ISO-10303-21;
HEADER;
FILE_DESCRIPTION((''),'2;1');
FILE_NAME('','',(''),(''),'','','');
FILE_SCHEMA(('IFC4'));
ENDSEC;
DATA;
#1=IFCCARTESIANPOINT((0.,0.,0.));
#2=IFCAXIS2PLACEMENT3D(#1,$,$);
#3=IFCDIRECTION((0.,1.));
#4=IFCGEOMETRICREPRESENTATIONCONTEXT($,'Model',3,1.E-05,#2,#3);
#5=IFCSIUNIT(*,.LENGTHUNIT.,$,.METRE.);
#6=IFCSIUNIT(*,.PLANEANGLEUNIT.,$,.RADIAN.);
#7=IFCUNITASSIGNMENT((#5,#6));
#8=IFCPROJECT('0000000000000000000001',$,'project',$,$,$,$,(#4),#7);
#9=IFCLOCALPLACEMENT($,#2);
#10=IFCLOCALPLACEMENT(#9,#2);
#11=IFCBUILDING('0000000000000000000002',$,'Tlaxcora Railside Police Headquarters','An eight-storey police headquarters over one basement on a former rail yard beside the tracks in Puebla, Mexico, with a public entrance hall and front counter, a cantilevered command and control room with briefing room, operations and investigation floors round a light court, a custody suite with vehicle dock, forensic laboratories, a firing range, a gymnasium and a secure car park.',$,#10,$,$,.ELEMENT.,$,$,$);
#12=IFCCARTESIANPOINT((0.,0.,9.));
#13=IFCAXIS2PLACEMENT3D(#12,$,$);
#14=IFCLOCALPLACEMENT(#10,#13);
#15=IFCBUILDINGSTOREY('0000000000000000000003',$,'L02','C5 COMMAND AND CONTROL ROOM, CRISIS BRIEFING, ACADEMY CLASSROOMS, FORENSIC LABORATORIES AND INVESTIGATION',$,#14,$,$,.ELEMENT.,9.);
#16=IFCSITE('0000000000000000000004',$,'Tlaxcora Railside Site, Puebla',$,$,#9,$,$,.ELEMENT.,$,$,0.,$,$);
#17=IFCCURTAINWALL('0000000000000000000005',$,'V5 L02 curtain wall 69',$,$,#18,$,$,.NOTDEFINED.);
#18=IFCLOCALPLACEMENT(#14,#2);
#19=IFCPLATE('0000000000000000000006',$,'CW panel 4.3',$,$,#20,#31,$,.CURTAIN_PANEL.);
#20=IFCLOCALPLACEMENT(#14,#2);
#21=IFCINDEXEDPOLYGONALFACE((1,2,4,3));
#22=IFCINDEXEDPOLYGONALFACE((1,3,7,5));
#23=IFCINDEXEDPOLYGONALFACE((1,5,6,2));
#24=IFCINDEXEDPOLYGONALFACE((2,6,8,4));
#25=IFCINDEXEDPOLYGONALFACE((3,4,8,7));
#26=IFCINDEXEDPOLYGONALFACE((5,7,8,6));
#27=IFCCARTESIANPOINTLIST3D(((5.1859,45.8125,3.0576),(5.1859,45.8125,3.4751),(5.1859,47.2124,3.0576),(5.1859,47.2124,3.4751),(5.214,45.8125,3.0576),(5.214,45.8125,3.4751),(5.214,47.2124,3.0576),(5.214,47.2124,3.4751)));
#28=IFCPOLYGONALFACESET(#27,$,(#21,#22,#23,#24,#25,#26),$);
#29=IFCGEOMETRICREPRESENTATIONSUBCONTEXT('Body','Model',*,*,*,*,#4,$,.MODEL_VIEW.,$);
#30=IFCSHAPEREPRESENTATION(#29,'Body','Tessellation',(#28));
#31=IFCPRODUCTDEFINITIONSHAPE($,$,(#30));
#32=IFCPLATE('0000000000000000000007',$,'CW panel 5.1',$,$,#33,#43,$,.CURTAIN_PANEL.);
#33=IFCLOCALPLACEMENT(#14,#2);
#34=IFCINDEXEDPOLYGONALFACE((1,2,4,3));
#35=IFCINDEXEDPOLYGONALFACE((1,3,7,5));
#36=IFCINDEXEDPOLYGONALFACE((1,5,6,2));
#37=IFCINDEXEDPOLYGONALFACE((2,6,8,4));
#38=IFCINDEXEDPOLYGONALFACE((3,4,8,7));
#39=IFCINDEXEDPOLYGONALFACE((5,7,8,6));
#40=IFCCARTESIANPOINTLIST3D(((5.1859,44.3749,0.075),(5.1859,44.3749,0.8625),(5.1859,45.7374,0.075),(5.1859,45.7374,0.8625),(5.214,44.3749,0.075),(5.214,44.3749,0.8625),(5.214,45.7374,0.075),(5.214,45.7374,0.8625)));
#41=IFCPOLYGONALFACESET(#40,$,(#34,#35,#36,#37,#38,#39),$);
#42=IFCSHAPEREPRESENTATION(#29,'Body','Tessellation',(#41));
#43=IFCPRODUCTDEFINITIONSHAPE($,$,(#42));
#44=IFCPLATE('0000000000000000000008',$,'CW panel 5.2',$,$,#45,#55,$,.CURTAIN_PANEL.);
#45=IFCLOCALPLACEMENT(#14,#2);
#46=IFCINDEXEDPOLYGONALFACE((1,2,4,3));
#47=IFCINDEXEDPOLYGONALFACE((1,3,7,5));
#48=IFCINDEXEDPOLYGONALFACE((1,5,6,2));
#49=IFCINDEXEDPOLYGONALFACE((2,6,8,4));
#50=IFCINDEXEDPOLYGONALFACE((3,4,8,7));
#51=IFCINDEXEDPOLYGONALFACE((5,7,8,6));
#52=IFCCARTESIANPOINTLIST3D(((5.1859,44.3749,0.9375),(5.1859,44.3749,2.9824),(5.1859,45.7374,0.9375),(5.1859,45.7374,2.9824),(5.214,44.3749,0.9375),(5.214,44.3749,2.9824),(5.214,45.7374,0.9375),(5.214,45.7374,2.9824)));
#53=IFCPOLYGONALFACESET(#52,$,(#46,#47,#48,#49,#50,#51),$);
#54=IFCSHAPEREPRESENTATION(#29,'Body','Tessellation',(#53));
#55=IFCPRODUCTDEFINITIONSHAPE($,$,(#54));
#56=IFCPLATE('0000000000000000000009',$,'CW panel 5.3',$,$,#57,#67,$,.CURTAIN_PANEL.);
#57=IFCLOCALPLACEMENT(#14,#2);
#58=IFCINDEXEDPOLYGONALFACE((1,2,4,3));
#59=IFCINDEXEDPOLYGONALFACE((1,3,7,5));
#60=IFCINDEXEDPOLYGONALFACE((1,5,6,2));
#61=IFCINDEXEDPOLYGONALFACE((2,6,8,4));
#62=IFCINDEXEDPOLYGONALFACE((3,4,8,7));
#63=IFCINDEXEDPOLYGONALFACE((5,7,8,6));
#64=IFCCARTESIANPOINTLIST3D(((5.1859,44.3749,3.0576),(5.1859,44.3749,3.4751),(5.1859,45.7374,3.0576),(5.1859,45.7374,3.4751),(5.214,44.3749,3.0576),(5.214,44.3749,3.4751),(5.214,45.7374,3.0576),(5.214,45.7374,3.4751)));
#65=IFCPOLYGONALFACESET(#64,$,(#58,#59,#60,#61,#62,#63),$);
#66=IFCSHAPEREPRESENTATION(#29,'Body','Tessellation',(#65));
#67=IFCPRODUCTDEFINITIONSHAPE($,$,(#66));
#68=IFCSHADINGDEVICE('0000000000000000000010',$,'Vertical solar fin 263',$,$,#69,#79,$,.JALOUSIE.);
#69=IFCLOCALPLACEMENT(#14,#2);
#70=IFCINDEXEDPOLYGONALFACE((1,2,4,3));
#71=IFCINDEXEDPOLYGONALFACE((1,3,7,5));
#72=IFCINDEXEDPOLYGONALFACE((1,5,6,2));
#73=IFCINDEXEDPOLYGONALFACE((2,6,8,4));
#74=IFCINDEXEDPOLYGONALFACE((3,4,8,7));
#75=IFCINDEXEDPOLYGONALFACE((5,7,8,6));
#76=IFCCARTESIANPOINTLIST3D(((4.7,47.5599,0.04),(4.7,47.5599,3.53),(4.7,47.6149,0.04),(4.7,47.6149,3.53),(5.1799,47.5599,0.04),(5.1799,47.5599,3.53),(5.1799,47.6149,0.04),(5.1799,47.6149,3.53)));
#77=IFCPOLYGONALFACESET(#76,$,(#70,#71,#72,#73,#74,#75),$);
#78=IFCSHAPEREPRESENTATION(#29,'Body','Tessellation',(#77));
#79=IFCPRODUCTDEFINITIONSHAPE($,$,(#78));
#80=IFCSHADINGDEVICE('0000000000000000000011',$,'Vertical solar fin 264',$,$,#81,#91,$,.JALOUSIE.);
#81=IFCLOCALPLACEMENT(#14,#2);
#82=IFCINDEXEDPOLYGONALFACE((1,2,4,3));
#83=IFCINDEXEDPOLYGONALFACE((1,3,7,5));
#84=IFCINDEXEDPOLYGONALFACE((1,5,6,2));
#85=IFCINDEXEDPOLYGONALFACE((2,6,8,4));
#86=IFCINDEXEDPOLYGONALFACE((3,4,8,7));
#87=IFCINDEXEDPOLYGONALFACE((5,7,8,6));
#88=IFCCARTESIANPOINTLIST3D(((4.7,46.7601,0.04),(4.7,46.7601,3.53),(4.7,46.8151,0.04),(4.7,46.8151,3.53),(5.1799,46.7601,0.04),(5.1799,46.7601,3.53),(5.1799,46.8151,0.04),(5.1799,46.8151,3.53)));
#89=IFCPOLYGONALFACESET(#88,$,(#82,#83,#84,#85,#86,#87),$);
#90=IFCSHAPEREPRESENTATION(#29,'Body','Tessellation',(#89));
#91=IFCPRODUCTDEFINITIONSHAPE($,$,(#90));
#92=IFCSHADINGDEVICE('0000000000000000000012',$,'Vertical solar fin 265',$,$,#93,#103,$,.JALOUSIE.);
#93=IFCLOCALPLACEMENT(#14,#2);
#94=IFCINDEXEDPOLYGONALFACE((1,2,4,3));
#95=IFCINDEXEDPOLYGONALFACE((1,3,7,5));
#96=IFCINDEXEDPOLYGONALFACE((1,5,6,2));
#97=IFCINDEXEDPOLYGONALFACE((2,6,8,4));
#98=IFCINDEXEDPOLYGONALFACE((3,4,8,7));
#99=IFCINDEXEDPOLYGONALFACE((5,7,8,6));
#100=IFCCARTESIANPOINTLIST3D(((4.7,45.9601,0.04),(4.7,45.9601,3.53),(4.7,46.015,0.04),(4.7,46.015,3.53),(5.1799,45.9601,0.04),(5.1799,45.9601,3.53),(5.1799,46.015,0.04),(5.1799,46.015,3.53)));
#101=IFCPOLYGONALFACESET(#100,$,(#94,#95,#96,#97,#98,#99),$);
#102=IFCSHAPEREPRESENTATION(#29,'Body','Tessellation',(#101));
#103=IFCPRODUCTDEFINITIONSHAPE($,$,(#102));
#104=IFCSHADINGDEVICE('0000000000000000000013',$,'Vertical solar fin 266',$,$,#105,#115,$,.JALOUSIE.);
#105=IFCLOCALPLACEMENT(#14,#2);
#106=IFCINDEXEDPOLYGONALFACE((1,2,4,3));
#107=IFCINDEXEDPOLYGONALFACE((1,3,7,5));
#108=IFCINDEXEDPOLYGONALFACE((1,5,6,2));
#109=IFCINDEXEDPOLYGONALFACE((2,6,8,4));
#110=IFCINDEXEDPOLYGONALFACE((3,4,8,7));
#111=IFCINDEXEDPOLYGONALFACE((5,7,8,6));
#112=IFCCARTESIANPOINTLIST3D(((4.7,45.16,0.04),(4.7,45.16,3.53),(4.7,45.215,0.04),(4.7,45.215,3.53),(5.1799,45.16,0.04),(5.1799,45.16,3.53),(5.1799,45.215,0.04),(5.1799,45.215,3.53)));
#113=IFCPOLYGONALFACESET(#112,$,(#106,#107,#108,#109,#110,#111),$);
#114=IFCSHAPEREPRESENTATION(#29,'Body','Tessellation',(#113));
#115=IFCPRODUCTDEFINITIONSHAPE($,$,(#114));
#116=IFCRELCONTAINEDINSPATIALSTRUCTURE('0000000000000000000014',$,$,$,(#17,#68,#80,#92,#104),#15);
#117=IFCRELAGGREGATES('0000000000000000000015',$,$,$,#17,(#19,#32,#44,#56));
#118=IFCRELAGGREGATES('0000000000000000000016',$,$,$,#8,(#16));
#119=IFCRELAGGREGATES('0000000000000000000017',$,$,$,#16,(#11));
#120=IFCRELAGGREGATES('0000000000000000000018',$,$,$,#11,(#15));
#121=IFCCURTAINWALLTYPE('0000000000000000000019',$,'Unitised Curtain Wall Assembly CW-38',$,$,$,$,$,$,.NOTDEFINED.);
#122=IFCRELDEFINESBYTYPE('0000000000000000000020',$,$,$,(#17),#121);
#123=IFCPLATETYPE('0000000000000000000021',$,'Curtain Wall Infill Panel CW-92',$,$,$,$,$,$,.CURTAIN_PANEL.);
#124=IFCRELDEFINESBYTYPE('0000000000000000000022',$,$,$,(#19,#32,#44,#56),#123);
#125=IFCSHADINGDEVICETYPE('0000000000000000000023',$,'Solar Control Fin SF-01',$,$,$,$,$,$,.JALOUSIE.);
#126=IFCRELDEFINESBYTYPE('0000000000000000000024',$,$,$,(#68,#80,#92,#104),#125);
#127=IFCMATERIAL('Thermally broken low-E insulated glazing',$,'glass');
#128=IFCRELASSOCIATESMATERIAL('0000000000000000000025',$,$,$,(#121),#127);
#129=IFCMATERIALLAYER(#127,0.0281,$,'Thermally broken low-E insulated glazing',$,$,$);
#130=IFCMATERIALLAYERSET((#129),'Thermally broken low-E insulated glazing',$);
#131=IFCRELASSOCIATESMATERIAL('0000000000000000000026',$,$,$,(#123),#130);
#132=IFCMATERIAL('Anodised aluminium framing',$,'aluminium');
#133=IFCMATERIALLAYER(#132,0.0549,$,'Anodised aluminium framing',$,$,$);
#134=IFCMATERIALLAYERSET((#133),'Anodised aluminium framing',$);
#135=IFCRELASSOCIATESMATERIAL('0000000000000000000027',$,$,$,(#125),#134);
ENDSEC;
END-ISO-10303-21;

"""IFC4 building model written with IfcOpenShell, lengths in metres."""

from ifc_helpers import new_model, si_unit, direction, frame, origin, origin_2d, place, context, subcontext, project, spatial, rectangle, extrude, material, layer, layer_set, type_object, element, aggregate, save


model = new_model("IFC4")

# Units and contexts
model_context = context("Model", 3, precision=1e-05, world=origin(), true_north=direction((0.0, 1.0)))
body_context = subcontext(model_context, "Body", "Model", "MODEL_VIEW")
ifc_project = project(units=[si_unit("LENGTHUNIT", "METRE"), si_unit("PLANEANGLEUNIT", "RADIAN")], contexts=[model_context])

# Site, building, storey
site_placement = place(None, origin())
site = spatial("IfcSite", under=ifc_project, at=site_placement, Name="Tlaxcora Railside Site, Puebla", CompositionType="ELEMENT", RefElevation=0.0)
building_placement = place(site_placement, origin())
building = spatial("IfcBuilding", under=site, at=building_placement, Name="Tlaxcora Railside Police Headquarters", Description="An eight-storey police headquarters over one basement on a former rail yard beside the tracks in Puebla, Mexico, with a public entrance hall and front counter, a cantilevered command and control room with briefing room, operations and investigation floors round a light court, a custody suite with vehicle dock, forensic laboratories, a firing range, a gymnasium and a secure car park.", CompositionType="ELEMENT")
storey_placement = place(building_placement, frame((0.0, 0.0, 9.0)))
storey = spatial("IfcBuildingStorey", under=building, at=storey_placement, Name="L02", Description="C5 COMMAND AND CONTROL ROOM, CRISIS BRIEFING, ACADEMY CLASSROOMS, FORENSIC LABORATORIES AND INVESTIGATION", CompositionType="ELEMENT", Elevation=9.0)

# Curtain wall
ifc_material_1 = material(Name="Thermally broken low-E insulated glazing", Category="glass")
curtain_wall_type = type_object("IfcCurtainWallType", Name="Unitised Curtain Wall Assembly CW-38", PredefinedType="NOTDEFINED", material=ifc_material_1)
curtain_wall_placement = place(storey_placement, origin())
curtain_wall = element("IfcCurtainWall", 1, at=curtain_wall_placement, inside=storey, type_object=curtain_wall_type, Name="V5 L02 curtain wall 69", PredefinedType="NOTDEFINED")
ifc_material_2 = material(Name="Anodised aluminium framing", Category="aluminium")

# Plates
ifc_layer_1 = layer(ifc_material_1, 0.0281, Name="Thermally broken low-E insulated glazing")
ifc_layer_set_1 = layer_set([ifc_layer_1], Name="Thermally broken low-E insulated glazing")
plate_type = type_object("IfcPlateType", Name="Curtain Wall Infill Panel CW-92", PredefinedType="CURTAIN_PANEL", material=ifc_layer_set_1)
plate_1_placement = place(storey_placement, frame((5.2, 46.5125, 3.0576), z_axis=(0.0, 0.0, 1.0), x_axis=(0.0, -1.0, 0.0)))
plate_1 = element("IfcPlate", 2, at=plate_1_placement, type_object=plate_type, Name="CW panel 4.3", PredefinedType="CURTAIN_PANEL", context=body_context, shape_type="SweptSolid", body=[
    extrude(rectangle(XDim=1.3999, YDim=0.0281, at=origin_2d()), origin(), (0.0, 0.0, 1.0), 0.4175),
])
plate_2_placement = place(storey_placement, frame((5.2, 45.0562, 0.075), z_axis=(0.0, 0.0, 1.0), x_axis=(0.0, -1.0, 0.0)))
plate_2 = element("IfcPlate", 3, at=plate_2_placement, type_object=plate_type, Name="CW panel 5.1", PredefinedType="CURTAIN_PANEL", context=body_context, shape_type="SweptSolid", body=[
    extrude(rectangle(XDim=1.3625, YDim=0.0281, at=origin_2d()), origin(), (0.0, 0.0, 1.0), 0.7876),
])
plate_3_placement = place(storey_placement, frame((5.2, 45.0562, 0.9375), z_axis=(0.0, 0.0, 1.0), x_axis=(0.0, -1.0, 0.0)))
plate_3 = element("IfcPlate", 4, at=plate_3_placement, type_object=plate_type, Name="CW panel 5.2", PredefinedType="CURTAIN_PANEL", context=body_context, shape_type="SweptSolid", body=[
    extrude(rectangle(XDim=1.3625, YDim=0.0281, at=origin_2d()), origin(), (0.0, 0.0, 1.0), 2.0449),
])
plate_4_placement = place(storey_placement, frame((5.2, 45.0562, 3.0576), z_axis=(0.0, 0.0, 1.0), x_axis=(0.0, -1.0, 0.0)))
plate_4 = element("IfcPlate", 5, at=plate_4_placement, type_object=plate_type, Name="CW panel 5.3", PredefinedType="CURTAIN_PANEL", context=body_context, shape_type="SweptSolid", body=[
    extrude(rectangle(XDim=1.3625, YDim=0.0281, at=origin_2d()), origin(), (0.0, 0.0, 1.0), 0.4175),
])
aggregate(curtain_wall, [plate_1, plate_2, plate_3, plate_4])

# Shading devices
ifc_layer_2 = layer(ifc_material_2, 0.0549, Name="Anodised aluminium framing")
ifc_layer_set_2 = layer_set([ifc_layer_2], Name="Anodised aluminium framing")
shading_device_type = type_object("IfcShadingDeviceType", Name="Solar Control Fin SF-01", PredefinedType="JALOUSIE", material=ifc_layer_set_2)
for number, where, z_axis, x_axis, name in (
    (6, (4.9399, 47.5874, 0.04), (0.0, 0.0, 1.0), (-1.0, 0.0, 0.0), "Vertical solar fin 263"),
    (7, (4.9399, 46.7876, 0.04), (0.0, 0.0, 1.0), (-1.0, 0.0, 0.0), "Vertical solar fin 264"),
    (8, (4.9399, 45.9875, 0.04), (0.0, 0.0, 1.0), (-1.0, 0.0, 0.0), "Vertical solar fin 265"),
    (9, (4.9399, 45.1875, 0.04), (0.0, 0.0, 1.0), (-1.0, 0.0, 0.0), "Vertical solar fin 266"),
):
    element("IfcShadingDevice", number, at=place(storey_placement, frame(where, z_axis=z_axis, x_axis=x_axis)), inside=storey, type_object=shading_device_type, Name=name, PredefinedType="JALOUSIE", context=body_context, shape_type="SweptSolid", body=[
        extrude(rectangle(XDim=0.48, YDim=0.0549, at=origin_2d()), origin(), (0.0, 0.0, 1.0), 3.49),
    ])

save(model, "model.ifc")
